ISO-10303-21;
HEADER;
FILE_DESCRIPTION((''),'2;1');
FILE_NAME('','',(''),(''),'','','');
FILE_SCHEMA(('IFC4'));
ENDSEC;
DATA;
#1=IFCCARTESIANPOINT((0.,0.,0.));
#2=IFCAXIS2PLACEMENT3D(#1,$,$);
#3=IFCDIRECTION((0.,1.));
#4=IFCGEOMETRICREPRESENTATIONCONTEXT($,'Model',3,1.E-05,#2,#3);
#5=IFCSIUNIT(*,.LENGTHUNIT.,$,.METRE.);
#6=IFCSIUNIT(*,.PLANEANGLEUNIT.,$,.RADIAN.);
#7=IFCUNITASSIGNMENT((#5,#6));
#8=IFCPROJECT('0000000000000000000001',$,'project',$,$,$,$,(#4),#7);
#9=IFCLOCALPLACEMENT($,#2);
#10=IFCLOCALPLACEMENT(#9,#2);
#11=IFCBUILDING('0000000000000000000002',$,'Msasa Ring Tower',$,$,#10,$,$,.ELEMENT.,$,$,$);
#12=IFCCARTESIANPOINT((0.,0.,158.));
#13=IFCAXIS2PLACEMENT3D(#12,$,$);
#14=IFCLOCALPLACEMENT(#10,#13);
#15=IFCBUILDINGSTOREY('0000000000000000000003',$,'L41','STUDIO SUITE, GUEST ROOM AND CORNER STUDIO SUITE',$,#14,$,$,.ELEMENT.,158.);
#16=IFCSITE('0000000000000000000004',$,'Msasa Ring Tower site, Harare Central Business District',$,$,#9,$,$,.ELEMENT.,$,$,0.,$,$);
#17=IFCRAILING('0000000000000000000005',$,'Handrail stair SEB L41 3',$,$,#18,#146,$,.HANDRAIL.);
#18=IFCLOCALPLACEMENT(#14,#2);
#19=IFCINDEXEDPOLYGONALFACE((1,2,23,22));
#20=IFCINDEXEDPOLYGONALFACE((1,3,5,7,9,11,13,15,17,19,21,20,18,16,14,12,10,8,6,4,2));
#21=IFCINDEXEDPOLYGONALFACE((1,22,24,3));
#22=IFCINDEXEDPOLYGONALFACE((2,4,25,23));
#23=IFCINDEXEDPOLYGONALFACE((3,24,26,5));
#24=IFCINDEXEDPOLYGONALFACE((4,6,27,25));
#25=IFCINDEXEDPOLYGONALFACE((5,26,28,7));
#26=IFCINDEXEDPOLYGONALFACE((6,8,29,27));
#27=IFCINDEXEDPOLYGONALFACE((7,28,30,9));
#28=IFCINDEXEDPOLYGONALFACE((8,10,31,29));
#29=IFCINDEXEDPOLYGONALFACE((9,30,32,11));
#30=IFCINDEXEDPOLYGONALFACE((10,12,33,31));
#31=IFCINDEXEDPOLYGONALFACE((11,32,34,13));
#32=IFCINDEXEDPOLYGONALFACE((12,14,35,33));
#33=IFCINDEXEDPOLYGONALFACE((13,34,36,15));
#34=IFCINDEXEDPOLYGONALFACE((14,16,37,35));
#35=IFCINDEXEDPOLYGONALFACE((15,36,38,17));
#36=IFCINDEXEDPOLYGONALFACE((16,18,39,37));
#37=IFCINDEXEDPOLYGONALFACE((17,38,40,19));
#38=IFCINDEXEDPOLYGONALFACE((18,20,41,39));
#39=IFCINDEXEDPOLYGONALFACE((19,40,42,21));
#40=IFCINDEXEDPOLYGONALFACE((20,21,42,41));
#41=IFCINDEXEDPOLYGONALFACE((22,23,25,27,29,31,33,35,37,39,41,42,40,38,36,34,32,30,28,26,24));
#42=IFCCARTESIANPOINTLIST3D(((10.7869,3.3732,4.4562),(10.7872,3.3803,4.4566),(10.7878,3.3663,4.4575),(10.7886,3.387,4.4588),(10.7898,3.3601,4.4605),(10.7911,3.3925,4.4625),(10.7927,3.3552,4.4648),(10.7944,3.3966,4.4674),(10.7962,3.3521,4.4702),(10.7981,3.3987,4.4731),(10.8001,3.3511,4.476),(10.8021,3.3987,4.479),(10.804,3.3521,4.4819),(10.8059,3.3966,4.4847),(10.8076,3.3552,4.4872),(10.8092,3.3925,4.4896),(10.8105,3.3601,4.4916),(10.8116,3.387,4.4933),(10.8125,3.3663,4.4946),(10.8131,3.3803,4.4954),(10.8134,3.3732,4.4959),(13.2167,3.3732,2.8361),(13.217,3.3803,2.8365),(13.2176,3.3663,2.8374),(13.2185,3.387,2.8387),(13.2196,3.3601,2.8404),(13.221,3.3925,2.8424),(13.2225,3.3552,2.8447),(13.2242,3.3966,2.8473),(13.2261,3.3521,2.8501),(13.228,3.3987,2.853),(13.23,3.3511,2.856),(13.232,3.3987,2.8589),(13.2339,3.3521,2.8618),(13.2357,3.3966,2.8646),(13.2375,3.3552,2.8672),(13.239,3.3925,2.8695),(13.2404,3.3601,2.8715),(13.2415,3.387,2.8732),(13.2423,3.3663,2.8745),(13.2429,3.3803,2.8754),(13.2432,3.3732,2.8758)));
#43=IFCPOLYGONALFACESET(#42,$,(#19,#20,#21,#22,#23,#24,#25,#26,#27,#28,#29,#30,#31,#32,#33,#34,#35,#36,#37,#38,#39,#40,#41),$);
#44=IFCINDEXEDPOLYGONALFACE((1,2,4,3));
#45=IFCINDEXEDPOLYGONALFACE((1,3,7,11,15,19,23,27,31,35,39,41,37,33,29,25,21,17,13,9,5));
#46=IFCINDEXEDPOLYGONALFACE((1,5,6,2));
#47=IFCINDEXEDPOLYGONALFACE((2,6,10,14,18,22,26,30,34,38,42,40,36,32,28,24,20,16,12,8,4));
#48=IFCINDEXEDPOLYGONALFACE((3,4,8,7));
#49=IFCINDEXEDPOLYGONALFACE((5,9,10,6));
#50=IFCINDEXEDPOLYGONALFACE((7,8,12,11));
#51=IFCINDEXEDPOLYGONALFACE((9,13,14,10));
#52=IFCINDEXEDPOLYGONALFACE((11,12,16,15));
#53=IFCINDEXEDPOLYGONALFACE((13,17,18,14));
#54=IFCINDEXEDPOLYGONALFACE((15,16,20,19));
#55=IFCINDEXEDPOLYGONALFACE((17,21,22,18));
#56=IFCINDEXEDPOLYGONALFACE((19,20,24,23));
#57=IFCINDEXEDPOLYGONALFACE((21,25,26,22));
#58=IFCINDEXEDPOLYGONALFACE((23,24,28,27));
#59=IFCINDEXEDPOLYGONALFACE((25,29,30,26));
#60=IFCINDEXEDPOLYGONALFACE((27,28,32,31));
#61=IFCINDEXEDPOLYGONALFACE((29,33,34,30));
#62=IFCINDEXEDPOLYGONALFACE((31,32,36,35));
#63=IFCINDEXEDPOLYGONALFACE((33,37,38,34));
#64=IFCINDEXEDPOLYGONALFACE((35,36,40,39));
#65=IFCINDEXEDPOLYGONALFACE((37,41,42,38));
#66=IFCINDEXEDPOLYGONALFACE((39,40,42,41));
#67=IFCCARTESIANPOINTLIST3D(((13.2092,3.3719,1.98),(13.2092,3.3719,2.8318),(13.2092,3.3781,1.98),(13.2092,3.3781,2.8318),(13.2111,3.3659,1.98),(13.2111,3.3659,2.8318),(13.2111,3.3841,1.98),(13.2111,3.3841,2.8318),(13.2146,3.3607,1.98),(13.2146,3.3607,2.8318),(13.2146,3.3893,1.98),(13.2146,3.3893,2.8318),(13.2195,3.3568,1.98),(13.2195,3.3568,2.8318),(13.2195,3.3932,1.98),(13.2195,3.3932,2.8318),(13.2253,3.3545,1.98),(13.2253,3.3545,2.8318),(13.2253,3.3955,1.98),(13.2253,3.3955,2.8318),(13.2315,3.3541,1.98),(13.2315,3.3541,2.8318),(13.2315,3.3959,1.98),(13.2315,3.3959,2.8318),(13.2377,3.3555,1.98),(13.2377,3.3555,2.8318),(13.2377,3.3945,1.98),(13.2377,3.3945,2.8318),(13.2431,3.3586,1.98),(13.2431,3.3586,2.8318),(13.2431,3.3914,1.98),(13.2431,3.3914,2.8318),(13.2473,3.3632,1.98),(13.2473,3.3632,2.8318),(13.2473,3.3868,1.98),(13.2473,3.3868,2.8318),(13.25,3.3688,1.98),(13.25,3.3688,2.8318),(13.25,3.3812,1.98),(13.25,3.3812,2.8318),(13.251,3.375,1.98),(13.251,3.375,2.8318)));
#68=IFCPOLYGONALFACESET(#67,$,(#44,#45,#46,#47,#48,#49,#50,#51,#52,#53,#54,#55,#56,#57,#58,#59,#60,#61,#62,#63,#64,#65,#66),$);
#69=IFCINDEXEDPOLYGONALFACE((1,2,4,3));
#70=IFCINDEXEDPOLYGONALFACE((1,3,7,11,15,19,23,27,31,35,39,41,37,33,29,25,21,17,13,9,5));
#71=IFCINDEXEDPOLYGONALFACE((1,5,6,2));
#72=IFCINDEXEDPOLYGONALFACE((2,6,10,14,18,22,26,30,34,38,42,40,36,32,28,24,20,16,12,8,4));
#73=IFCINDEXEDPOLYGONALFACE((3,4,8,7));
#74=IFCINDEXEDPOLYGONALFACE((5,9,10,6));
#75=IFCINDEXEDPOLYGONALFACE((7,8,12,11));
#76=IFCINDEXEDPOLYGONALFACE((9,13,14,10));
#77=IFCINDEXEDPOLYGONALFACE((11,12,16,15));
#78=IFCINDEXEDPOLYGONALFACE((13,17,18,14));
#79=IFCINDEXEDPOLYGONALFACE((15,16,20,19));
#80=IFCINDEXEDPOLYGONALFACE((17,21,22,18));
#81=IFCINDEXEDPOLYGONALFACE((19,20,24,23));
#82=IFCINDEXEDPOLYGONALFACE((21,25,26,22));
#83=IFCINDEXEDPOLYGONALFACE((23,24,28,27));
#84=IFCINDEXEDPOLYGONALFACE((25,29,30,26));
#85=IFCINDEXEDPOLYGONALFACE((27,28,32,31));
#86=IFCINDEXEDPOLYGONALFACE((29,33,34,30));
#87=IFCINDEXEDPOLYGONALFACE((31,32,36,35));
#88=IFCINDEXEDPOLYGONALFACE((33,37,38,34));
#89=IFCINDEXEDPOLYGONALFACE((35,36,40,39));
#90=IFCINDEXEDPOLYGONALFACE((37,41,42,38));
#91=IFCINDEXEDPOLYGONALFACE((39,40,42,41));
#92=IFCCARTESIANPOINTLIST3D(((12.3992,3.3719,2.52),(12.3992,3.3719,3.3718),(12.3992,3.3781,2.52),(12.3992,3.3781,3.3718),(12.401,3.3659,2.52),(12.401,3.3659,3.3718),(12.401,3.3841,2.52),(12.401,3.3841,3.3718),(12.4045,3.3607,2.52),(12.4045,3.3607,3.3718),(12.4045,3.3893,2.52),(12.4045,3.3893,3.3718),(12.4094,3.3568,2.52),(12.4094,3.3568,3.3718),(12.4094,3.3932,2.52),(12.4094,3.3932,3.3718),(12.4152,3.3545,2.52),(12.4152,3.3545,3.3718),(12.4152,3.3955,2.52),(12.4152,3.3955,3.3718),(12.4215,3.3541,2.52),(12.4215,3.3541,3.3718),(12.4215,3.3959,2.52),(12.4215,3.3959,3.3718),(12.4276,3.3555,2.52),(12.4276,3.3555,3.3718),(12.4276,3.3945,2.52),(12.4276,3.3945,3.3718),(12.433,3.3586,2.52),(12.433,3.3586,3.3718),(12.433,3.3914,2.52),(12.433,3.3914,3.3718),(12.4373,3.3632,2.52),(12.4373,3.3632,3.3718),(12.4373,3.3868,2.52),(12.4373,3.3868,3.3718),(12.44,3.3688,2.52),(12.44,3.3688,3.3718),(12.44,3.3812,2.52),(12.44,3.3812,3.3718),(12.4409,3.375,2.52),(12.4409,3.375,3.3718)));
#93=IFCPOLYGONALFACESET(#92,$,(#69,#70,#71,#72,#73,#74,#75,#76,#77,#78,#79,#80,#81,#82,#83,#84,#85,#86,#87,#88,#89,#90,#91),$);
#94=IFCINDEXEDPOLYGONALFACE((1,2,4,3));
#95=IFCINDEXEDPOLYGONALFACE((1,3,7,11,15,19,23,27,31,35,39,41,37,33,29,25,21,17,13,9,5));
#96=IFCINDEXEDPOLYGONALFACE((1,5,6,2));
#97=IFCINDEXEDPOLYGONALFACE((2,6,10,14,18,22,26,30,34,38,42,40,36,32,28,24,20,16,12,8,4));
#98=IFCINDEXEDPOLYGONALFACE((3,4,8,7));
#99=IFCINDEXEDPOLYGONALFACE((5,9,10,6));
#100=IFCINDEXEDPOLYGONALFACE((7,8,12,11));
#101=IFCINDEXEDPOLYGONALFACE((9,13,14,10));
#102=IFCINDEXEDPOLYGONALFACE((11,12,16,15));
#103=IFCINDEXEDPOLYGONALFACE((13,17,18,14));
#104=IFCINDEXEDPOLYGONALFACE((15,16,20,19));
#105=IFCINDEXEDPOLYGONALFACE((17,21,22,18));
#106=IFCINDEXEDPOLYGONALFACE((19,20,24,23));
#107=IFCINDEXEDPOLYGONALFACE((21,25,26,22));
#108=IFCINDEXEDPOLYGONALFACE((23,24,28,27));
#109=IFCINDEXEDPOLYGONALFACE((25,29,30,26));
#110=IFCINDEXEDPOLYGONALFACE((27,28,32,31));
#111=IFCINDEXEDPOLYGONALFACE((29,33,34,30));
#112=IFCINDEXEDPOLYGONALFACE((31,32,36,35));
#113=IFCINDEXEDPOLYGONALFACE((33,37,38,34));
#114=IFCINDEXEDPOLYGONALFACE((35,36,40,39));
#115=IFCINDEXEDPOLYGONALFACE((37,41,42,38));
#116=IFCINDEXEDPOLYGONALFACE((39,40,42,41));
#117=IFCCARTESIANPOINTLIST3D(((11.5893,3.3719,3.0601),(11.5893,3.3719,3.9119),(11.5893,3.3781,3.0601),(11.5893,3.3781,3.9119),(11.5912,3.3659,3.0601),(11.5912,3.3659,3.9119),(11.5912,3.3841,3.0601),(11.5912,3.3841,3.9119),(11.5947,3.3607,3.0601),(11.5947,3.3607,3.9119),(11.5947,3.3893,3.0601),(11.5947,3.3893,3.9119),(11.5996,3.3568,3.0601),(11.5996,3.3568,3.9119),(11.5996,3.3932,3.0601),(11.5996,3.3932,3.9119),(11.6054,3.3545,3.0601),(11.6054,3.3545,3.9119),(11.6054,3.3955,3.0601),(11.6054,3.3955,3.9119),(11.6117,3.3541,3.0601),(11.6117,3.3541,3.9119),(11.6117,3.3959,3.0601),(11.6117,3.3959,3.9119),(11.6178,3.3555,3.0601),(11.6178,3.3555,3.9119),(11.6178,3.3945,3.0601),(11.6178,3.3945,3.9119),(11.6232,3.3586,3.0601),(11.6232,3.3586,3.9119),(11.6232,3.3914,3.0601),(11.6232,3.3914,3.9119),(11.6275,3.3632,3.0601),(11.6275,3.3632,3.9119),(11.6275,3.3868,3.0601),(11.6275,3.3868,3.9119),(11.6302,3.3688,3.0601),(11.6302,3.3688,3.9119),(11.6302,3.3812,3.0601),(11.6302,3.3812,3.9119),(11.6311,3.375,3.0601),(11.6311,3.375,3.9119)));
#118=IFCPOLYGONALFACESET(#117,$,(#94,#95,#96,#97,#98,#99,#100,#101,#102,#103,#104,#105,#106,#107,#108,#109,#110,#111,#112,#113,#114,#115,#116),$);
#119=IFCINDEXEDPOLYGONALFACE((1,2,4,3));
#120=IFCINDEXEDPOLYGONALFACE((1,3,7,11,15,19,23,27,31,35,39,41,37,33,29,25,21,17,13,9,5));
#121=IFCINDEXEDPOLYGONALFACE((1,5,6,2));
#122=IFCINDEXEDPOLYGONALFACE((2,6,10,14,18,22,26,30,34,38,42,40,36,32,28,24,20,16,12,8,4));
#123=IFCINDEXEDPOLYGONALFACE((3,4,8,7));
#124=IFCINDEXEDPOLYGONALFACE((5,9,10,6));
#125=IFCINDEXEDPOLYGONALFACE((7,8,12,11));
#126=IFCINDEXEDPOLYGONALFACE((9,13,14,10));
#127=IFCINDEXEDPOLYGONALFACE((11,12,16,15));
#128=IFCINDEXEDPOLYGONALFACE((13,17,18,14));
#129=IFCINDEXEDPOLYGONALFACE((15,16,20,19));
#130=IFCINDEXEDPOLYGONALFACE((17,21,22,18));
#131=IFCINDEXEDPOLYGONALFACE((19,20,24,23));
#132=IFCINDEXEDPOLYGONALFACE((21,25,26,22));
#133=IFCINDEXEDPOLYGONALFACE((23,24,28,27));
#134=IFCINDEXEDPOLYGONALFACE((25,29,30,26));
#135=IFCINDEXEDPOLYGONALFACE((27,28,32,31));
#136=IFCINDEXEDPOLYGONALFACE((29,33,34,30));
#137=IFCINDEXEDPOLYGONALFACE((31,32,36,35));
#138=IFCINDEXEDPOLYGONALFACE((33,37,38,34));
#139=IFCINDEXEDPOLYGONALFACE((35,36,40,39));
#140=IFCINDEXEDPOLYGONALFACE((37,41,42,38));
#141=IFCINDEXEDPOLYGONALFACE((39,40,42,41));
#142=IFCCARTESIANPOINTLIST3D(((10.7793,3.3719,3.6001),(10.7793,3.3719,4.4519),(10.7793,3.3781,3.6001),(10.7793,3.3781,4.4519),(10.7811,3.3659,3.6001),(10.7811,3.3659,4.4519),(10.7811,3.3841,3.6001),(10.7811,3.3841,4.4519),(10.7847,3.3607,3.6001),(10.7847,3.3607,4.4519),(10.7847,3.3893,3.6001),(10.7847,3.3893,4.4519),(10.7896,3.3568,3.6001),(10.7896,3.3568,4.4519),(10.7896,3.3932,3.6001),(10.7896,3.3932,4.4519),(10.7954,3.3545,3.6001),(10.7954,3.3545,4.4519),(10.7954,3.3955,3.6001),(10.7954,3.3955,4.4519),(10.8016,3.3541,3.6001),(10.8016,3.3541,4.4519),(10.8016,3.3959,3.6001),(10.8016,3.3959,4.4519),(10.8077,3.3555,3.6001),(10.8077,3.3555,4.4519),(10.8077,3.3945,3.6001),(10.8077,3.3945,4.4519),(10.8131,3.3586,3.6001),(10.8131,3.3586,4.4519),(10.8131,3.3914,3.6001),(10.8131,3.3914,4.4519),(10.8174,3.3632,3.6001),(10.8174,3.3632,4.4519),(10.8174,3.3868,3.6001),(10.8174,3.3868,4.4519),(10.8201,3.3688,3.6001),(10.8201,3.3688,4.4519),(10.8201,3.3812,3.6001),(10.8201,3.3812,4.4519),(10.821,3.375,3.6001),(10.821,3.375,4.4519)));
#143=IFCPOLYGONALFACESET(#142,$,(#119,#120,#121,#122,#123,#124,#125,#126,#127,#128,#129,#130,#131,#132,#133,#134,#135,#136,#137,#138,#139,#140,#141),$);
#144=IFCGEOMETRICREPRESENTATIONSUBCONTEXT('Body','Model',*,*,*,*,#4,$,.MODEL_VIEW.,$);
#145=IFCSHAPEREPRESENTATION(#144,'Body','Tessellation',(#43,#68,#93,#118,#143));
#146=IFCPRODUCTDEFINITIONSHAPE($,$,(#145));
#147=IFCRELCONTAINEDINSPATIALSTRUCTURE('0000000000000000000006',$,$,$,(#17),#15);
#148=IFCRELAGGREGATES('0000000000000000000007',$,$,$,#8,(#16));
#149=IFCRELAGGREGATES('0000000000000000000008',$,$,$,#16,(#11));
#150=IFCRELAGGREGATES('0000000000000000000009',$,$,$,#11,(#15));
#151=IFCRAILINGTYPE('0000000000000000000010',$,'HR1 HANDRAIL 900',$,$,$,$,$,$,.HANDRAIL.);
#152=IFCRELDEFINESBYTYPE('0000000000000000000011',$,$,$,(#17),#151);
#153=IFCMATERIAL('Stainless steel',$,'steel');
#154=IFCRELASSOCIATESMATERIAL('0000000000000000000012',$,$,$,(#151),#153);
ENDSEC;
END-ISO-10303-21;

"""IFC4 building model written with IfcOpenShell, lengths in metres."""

from ifc_helpers import new_model, si_unit, direction, frame, origin, origin_2d, place, context, subcontext, project, spatial, circle, extrude, material, type_object, element, save


model = new_model("IFC4")

# Units and contexts
model_context = context("Model", 3, precision=1e-05, world=origin(), true_north=direction((0.0, 1.0)))
body_context = subcontext(model_context, "Body", "Model", "MODEL_VIEW")
ifc_project = project(units=[si_unit("LENGTHUNIT", "METRE"), si_unit("PLANEANGLEUNIT", "RADIAN")], contexts=[model_context])

# Site, building, storey
site_placement = place(None, origin())
site = spatial("IfcSite", under=ifc_project, at=site_placement, Name="Msasa Ring Tower site, Harare Central Business District", CompositionType="ELEMENT", RefElevation=0.0)
building_placement = place(site_placement, origin())
building = spatial("IfcBuilding", under=site, at=building_placement, Name="Msasa Ring Tower", CompositionType="ELEMENT")
storey_placement = place(building_placement, frame((0.0, 0.0, 158.0)))
storey = spatial("IfcBuildingStorey", under=building, at=storey_placement, Name="L41", Description="STUDIO SUITE, GUEST ROOM AND CORNER STUDIO SUITE", CompositionType="ELEMENT", Elevation=158.0)

# Railing
ifc_material_1 = material(Name="Stainless steel", Category="steel")
railing_type = type_object("IfcRailingType", Name="HR1 HANDRAIL 900", PredefinedType="HANDRAIL", material=ifc_material_1)
for number, where, name in (
    (1, (13.23, 3.375, 1.98), "Handrail stair SEB L41 3"),
):
    element("IfcRailing", number, at=place(storey_placement, frame(where)), inside=storey, type_object=railing_type, Name=name, PredefinedType="HANDRAIL", context=body_context, shape_type="SweptSolid", body=[
        extrude(circle(Radius=0.0239, at=origin_2d()), frame((0.0, 0.0, 0.876), z_axis=(-0.832025, 0.0, 0.554739), x_axis=(0.0, -1.0, 0.0)), (0.0, 0.0, 1.0), 2.9204),
        extrude(circle(Radius=0.021, at=origin_2d()), origin(), (0.0, 0.0, 1.0), 0.8518),
        extrude(circle(Radius=0.021, at=origin_2d()), frame((-0.8101, 0.0, 0.54)), (0.0, 0.0, 1.0), 0.8518),
        extrude(circle(Radius=0.021, at=origin_2d()), frame((-1.6199, 0.0, 1.0801)), (0.0, 0.0, 1.0), 0.8518),
        extrude(circle(Radius=0.021, at=origin_2d()), frame((-2.4299, 0.0, 1.6201)), (0.0, 0.0, 1.0), 0.8518),
    ])

save(model, "model.ifc")
